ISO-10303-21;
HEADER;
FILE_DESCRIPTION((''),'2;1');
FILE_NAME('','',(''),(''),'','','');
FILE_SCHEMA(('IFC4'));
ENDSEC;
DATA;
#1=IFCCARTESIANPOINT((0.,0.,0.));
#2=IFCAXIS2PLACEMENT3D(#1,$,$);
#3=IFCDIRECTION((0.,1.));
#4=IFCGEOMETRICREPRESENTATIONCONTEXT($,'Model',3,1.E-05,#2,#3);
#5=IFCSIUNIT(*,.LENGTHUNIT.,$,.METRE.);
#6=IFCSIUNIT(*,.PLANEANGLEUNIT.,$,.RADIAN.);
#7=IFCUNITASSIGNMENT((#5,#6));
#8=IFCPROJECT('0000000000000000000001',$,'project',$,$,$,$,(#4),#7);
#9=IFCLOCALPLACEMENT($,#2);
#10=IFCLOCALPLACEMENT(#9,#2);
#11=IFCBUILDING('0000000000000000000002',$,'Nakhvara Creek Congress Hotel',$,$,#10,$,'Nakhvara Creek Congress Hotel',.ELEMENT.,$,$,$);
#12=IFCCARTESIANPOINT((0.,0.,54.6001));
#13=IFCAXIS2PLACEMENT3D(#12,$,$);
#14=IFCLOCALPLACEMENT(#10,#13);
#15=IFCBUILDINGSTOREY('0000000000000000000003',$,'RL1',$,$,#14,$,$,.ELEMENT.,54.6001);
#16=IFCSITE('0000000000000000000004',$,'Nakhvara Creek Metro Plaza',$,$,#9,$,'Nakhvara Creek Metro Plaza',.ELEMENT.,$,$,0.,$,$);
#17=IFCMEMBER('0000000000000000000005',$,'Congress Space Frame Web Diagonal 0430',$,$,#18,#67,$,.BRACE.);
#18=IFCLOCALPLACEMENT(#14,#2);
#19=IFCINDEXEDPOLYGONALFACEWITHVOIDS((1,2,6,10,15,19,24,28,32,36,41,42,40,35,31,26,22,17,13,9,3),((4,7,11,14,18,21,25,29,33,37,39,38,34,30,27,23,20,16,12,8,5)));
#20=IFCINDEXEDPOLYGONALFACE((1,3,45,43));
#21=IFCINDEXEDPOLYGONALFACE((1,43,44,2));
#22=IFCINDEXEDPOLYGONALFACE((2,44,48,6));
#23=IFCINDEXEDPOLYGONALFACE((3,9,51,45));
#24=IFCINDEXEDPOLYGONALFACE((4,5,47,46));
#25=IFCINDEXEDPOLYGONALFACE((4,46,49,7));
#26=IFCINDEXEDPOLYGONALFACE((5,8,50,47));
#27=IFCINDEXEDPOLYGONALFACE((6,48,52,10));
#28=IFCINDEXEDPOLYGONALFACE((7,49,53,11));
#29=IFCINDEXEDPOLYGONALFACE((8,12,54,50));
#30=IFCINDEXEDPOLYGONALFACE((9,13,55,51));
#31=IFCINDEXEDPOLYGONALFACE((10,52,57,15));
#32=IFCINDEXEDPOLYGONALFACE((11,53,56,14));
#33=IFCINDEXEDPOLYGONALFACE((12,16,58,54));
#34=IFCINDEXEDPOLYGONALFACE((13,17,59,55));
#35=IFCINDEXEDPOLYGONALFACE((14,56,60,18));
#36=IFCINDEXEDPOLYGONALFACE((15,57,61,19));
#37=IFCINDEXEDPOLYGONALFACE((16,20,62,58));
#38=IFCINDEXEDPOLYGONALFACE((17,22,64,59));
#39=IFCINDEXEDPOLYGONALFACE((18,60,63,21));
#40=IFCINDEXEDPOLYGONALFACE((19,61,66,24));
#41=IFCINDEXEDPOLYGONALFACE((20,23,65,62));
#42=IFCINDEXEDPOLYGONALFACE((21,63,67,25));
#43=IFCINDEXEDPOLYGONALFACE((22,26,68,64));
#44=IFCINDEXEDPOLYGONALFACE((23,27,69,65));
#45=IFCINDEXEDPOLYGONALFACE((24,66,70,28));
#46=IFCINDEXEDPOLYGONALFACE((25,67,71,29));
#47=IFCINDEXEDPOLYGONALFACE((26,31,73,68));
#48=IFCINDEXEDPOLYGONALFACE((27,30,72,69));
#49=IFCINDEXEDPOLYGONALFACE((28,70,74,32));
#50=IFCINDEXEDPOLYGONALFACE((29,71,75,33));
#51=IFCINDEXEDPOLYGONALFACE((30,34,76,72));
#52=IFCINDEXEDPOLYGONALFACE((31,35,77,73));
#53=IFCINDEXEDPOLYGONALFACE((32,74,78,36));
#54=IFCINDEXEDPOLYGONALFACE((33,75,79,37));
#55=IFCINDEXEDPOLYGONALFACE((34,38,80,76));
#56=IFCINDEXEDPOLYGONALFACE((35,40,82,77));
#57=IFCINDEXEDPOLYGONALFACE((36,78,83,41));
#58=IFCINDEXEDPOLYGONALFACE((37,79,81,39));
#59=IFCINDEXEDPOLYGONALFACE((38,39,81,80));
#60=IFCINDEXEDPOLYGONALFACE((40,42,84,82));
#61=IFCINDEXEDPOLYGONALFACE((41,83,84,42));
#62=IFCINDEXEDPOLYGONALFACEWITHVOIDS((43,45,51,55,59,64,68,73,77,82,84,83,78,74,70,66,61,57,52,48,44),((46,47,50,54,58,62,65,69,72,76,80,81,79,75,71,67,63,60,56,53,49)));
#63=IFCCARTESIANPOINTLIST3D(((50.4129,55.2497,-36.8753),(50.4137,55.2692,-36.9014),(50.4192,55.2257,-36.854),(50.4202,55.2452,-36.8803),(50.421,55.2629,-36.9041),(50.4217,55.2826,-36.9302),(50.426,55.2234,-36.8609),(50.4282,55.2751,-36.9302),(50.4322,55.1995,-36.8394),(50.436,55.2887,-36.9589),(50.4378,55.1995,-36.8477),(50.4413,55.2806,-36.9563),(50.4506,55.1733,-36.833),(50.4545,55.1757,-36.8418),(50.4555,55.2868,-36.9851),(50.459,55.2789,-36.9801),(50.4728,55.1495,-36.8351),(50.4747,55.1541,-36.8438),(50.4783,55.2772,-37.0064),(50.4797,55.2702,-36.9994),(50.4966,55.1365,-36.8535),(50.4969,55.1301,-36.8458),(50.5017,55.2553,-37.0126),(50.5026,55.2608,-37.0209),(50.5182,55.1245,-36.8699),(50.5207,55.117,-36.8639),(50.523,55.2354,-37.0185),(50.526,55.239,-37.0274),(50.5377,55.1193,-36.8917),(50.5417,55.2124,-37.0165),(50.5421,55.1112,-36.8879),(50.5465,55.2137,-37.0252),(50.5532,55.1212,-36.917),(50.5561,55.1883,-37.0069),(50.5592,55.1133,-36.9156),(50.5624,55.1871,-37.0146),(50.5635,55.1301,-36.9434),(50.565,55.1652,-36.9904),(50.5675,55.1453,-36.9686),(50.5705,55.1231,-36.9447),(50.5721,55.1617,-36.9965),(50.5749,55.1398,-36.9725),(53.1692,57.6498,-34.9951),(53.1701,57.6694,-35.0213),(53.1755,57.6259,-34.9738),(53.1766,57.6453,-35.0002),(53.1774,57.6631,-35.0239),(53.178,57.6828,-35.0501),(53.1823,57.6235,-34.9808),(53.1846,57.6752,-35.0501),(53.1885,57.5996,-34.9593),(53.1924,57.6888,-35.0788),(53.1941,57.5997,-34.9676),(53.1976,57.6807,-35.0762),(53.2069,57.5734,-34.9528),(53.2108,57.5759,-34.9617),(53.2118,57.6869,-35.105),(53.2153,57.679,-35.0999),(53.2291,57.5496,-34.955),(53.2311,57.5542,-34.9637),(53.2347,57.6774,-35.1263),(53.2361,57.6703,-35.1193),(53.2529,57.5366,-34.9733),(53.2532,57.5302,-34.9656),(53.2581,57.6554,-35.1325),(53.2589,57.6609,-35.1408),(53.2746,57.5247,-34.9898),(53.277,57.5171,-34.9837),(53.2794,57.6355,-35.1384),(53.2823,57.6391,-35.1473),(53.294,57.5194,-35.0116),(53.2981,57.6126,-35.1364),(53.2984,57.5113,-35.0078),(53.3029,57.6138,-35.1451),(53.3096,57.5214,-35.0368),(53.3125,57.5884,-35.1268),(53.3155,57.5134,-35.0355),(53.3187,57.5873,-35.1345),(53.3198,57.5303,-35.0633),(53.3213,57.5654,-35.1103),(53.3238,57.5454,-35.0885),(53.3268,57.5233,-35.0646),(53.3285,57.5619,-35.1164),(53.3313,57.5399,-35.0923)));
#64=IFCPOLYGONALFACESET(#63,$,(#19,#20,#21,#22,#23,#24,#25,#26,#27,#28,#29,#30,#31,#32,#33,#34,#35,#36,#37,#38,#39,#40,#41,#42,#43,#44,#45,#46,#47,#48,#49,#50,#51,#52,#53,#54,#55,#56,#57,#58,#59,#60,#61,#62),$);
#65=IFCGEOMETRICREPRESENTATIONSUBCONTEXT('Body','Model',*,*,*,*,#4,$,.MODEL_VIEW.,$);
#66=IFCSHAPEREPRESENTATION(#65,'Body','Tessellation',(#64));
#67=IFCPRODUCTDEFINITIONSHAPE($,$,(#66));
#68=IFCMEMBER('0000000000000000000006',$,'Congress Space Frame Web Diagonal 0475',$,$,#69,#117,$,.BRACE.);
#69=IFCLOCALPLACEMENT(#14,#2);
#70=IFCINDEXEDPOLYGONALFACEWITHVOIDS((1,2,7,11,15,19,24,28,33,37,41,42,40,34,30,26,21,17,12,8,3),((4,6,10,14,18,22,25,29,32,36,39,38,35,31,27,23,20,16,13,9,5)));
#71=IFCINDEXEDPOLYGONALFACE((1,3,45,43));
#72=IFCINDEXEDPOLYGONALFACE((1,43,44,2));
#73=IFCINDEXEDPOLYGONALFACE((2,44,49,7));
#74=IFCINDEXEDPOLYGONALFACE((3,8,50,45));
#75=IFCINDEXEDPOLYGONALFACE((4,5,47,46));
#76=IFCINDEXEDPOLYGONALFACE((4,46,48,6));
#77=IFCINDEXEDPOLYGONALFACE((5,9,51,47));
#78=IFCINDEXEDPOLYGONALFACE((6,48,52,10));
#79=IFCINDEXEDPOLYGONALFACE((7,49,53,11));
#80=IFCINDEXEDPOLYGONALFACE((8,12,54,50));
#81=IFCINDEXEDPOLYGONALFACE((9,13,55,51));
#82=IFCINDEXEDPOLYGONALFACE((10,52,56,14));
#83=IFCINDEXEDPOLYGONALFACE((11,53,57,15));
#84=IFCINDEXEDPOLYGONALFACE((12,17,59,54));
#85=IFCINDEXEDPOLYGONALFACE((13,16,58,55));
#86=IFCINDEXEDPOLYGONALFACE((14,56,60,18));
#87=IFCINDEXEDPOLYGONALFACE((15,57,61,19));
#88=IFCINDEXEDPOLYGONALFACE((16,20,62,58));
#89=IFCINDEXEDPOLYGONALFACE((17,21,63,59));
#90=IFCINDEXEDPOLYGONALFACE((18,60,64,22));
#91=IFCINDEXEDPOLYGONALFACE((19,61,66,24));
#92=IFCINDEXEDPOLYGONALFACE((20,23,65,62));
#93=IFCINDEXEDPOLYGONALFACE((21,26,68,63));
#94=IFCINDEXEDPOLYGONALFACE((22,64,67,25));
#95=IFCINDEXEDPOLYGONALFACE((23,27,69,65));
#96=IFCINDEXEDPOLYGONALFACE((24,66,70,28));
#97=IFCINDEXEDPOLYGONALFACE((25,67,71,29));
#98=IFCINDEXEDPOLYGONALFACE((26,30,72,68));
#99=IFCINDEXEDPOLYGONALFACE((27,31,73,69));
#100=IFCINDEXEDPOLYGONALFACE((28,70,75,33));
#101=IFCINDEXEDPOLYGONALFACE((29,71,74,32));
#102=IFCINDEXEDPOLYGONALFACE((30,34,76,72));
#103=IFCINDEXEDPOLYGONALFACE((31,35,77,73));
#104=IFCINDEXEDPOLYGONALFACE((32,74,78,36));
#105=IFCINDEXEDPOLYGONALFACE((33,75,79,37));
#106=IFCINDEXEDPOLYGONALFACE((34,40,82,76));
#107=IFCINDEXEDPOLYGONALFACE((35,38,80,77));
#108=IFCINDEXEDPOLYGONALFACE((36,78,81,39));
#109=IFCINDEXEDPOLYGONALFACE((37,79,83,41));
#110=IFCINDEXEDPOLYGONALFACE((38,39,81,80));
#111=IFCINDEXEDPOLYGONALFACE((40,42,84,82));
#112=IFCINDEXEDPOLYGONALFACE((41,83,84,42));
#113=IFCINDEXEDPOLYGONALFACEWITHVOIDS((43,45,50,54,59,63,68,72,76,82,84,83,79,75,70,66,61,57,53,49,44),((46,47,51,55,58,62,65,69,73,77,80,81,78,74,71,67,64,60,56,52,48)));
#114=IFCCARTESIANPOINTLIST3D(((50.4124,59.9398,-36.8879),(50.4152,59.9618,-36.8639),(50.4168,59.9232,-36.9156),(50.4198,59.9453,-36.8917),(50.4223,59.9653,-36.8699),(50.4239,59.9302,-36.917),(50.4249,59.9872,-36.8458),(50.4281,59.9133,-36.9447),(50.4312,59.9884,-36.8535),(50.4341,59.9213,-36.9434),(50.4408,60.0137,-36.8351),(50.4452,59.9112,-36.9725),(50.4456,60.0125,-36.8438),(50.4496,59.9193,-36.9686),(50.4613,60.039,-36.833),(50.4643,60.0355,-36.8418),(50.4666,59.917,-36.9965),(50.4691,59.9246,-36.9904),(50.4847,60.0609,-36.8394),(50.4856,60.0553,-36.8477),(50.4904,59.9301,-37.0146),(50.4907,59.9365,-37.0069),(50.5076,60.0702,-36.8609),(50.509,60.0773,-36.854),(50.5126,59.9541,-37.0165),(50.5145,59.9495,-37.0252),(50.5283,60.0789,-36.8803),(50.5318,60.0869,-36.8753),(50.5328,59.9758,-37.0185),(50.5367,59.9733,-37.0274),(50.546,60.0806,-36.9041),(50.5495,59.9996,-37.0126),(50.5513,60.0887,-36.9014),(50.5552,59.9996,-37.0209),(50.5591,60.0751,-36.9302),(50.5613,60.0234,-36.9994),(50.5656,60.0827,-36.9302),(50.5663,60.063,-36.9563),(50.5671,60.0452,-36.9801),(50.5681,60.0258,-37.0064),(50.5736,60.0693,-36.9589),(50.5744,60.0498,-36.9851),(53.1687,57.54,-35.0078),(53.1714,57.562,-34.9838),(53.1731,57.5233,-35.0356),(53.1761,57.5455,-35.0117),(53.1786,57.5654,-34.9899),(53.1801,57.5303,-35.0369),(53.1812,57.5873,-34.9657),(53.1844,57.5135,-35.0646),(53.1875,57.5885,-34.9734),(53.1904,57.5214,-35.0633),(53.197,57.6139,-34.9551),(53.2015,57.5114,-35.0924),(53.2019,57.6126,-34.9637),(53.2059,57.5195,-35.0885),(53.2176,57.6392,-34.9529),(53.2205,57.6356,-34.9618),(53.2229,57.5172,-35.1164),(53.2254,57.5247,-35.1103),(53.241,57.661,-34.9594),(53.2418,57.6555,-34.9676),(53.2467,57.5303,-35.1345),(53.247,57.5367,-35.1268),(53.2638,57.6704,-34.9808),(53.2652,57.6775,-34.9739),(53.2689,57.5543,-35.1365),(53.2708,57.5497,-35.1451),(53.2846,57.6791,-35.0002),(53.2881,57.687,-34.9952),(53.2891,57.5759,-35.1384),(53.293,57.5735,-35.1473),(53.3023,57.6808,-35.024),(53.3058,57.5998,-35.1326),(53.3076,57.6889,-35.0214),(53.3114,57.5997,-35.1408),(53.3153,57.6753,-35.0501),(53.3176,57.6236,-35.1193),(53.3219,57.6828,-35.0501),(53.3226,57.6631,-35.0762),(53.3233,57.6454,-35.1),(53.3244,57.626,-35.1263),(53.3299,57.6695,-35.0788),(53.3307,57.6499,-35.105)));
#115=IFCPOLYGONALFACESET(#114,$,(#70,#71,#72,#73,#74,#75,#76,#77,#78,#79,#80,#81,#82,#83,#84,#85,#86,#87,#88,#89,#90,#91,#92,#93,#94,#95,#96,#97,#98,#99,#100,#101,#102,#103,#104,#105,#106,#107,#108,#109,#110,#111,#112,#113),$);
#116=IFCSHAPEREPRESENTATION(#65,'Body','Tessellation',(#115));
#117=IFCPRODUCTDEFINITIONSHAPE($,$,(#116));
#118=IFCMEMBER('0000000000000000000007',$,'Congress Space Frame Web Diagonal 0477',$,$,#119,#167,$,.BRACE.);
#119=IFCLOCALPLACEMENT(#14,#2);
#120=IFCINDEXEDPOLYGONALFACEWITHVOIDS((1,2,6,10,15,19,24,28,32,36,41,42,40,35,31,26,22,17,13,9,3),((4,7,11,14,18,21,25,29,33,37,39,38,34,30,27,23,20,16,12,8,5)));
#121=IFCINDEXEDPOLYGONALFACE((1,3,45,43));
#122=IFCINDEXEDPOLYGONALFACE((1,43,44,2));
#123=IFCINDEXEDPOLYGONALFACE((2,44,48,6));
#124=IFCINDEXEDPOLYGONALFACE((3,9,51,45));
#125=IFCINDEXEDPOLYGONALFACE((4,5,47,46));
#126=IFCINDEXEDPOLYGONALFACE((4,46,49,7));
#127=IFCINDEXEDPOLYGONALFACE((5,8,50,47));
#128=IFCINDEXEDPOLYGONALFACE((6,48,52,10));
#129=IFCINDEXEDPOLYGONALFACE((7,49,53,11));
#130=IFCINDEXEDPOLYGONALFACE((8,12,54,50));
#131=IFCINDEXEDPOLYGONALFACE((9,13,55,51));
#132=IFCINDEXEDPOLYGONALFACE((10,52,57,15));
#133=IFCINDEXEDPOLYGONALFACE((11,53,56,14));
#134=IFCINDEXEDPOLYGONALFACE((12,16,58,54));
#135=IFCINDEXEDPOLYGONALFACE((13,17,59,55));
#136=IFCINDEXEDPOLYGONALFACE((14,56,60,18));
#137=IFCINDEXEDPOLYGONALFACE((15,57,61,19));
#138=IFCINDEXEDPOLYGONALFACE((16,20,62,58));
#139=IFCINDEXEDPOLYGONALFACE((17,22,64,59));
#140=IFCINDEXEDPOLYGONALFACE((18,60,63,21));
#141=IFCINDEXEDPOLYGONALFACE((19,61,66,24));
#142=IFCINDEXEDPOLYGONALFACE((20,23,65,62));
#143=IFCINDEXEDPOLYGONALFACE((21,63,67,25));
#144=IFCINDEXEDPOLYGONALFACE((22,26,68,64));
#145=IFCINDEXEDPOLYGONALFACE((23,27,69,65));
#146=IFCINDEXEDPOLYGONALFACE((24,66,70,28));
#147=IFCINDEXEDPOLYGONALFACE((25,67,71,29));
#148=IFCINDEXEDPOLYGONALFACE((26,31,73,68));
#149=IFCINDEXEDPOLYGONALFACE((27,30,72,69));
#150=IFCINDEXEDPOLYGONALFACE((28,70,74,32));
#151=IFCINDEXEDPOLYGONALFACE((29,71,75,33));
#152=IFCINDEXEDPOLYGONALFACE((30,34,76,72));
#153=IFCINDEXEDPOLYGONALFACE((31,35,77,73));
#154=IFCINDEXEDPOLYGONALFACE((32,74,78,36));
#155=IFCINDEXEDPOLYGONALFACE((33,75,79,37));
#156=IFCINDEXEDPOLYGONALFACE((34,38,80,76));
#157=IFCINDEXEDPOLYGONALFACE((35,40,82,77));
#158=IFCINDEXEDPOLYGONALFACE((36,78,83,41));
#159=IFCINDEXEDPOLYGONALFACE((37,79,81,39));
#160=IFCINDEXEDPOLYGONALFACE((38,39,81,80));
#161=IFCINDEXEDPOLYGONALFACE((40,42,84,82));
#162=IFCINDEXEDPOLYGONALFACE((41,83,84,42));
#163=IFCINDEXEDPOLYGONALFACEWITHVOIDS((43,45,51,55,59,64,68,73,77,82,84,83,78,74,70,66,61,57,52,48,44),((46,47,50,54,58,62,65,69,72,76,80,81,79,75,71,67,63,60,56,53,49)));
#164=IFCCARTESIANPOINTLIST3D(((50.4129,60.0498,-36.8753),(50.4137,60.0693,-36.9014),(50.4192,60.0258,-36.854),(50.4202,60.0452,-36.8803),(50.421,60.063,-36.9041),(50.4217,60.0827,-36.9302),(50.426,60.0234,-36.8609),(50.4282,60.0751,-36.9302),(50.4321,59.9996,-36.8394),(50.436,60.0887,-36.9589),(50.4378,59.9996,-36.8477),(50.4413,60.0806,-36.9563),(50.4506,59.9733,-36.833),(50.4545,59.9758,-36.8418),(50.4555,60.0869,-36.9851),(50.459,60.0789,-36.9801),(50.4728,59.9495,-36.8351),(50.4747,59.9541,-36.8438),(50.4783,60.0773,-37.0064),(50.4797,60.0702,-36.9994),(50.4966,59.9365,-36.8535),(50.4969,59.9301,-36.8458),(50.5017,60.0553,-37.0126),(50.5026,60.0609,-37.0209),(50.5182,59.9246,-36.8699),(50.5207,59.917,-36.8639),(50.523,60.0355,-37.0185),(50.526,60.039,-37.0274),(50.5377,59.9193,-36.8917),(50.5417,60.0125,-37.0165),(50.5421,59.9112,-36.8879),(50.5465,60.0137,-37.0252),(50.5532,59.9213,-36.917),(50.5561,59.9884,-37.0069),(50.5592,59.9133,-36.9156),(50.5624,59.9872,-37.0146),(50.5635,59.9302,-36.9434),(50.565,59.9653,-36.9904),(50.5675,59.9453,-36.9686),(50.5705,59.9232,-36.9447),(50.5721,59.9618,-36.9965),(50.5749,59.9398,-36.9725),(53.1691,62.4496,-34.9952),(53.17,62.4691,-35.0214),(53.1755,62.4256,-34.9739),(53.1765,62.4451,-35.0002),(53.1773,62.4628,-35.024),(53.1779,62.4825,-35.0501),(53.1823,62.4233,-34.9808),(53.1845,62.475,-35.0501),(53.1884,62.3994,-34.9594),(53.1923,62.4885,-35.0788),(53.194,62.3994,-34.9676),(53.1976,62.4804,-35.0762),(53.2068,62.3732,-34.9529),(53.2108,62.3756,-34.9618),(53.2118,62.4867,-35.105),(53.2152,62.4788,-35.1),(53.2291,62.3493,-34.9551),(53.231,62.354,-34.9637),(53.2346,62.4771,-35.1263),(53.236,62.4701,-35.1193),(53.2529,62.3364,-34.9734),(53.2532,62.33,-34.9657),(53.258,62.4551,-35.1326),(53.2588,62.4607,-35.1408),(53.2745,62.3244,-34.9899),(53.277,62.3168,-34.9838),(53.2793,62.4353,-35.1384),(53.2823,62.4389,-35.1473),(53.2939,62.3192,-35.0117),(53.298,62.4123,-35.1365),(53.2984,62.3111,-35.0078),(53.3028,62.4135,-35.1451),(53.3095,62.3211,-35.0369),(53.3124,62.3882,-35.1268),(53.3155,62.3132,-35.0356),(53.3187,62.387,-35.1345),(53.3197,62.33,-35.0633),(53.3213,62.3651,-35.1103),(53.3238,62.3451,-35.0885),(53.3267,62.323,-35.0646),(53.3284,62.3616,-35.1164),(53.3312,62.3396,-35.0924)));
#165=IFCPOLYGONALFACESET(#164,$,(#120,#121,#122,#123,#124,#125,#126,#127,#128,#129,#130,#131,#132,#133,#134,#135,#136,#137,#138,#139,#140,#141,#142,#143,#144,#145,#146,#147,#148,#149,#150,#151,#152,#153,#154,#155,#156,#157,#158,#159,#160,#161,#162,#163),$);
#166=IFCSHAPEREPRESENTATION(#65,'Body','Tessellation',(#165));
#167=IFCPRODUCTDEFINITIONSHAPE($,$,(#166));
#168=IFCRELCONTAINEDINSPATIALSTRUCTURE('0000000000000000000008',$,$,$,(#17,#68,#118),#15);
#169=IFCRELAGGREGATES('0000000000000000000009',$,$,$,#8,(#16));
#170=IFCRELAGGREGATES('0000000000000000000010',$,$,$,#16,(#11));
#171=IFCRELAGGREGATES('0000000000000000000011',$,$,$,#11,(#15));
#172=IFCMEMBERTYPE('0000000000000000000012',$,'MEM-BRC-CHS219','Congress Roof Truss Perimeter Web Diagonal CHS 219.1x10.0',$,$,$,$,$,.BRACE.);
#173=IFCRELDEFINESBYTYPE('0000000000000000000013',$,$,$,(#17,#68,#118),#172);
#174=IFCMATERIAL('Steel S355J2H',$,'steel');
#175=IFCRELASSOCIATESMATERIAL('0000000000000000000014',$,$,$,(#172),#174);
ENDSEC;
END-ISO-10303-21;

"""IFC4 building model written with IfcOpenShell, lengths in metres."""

from ifc_helpers import new_model, si_unit, direction, frame, origin, origin_2d, place, context, subcontext, project, spatial, hollow_circle, extrude, material, material_profile, profile_set, type_object, element, save


model = new_model("IFC4")

# Units and contexts
model_context = context("Model", 3, precision=1e-05, world=origin(), true_north=direction((0.0, 1.0)))
body_context = subcontext(model_context, "Body", "Model", "MODEL_VIEW")
ifc_project = project(units=[si_unit("LENGTHUNIT", "METRE"), si_unit("PLANEANGLEUNIT", "RADIAN")], contexts=[model_context])

# Site, building, storey
site_placement = place(None, origin())
site = spatial("IfcSite", under=ifc_project, at=site_placement, Name="Nakhvara Creek Metro Plaza", LongName="Nakhvara Creek Metro Plaza", CompositionType="ELEMENT", RefElevation=0.0)
building_placement = place(site_placement, origin())
building = spatial("IfcBuilding", under=site, at=building_placement, Name="Nakhvara Creek Congress Hotel", LongName="Nakhvara Creek Congress Hotel", CompositionType="ELEMENT")
storey_placement = place(building_placement, frame((0.0, 0.0, 54.6001)))
storey = spatial("IfcBuildingStorey", under=building, at=storey_placement, Name="RL1", CompositionType="ELEMENT", Elevation=54.6001)

# Members
ifc_material_1 = material(Name="Steel S355J2H", Category="steel")
ifc_material_profile_1 = material_profile(ifc_material_1, hollow_circle(Radius=0.1096, WallThickness=0.01, at=origin_2d()), Name="CHS 219.1x10.0", Category="LoadBearing")
ifc_profile_set_1 = profile_set([ifc_material_profile_1], Name="Steel S355J2H")
member_type_1 = type_object("IfcMemberType", Name="MEM-BRC-CHS219", Description="Congress Roof Truss Perimeter Web Diagonal CHS 219.1x10.0", PredefinedType="BRACE", material=ifc_profile_set_1)
member_1_placement = place(storey_placement, frame((50.4937, 55.2, -36.9302), z_axis=(0.670626, 0.583961, 0.457439), x_axis=(-0.656696, 0.754155, 0.0)))
element("IfcMember", 1, at=member_1_placement, inside=storey, type_object=member_type_1, Name="Congress Space Frame Web Diagonal 0430", PredefinedType="BRACE", context=body_context, shape_type="SweptSolid", body=[
    extrude(hollow_circle(Radius=0.1096, WallThickness=0.01, at=origin_2d()), origin(), (0.0, 0.0, 1.0), 4.1101),
])
for number, where, z_axis, x_axis, name in (
    (2, (50.4937, 60.0, -36.9302), (0.670649, -0.583922, 0.457455), (0.656658, 0.754188, 0.0), "Congress Space Frame Web Diagonal 0475"),
    (3, (50.4937, 60.0, -36.9302), (0.670649, 0.583922, 0.457455), (-0.656658, 0.754188, 0.0), "Congress Space Frame Web Diagonal 0477"),
):
    element("IfcMember", number, at=place(storey_placement, frame(where, z_axis=z_axis, x_axis=x_axis)), inside=storey, type_object=member_type_1, Name=name, PredefinedType="BRACE", context=body_context, shape_type="SweptSolid", body=[
        extrude(hollow_circle(Radius=0.1096, WallThickness=0.01, at=origin_2d()), origin(), (0.0, 0.0, 1.0), 4.1099),
    ])

save(model, "model.ifc")
